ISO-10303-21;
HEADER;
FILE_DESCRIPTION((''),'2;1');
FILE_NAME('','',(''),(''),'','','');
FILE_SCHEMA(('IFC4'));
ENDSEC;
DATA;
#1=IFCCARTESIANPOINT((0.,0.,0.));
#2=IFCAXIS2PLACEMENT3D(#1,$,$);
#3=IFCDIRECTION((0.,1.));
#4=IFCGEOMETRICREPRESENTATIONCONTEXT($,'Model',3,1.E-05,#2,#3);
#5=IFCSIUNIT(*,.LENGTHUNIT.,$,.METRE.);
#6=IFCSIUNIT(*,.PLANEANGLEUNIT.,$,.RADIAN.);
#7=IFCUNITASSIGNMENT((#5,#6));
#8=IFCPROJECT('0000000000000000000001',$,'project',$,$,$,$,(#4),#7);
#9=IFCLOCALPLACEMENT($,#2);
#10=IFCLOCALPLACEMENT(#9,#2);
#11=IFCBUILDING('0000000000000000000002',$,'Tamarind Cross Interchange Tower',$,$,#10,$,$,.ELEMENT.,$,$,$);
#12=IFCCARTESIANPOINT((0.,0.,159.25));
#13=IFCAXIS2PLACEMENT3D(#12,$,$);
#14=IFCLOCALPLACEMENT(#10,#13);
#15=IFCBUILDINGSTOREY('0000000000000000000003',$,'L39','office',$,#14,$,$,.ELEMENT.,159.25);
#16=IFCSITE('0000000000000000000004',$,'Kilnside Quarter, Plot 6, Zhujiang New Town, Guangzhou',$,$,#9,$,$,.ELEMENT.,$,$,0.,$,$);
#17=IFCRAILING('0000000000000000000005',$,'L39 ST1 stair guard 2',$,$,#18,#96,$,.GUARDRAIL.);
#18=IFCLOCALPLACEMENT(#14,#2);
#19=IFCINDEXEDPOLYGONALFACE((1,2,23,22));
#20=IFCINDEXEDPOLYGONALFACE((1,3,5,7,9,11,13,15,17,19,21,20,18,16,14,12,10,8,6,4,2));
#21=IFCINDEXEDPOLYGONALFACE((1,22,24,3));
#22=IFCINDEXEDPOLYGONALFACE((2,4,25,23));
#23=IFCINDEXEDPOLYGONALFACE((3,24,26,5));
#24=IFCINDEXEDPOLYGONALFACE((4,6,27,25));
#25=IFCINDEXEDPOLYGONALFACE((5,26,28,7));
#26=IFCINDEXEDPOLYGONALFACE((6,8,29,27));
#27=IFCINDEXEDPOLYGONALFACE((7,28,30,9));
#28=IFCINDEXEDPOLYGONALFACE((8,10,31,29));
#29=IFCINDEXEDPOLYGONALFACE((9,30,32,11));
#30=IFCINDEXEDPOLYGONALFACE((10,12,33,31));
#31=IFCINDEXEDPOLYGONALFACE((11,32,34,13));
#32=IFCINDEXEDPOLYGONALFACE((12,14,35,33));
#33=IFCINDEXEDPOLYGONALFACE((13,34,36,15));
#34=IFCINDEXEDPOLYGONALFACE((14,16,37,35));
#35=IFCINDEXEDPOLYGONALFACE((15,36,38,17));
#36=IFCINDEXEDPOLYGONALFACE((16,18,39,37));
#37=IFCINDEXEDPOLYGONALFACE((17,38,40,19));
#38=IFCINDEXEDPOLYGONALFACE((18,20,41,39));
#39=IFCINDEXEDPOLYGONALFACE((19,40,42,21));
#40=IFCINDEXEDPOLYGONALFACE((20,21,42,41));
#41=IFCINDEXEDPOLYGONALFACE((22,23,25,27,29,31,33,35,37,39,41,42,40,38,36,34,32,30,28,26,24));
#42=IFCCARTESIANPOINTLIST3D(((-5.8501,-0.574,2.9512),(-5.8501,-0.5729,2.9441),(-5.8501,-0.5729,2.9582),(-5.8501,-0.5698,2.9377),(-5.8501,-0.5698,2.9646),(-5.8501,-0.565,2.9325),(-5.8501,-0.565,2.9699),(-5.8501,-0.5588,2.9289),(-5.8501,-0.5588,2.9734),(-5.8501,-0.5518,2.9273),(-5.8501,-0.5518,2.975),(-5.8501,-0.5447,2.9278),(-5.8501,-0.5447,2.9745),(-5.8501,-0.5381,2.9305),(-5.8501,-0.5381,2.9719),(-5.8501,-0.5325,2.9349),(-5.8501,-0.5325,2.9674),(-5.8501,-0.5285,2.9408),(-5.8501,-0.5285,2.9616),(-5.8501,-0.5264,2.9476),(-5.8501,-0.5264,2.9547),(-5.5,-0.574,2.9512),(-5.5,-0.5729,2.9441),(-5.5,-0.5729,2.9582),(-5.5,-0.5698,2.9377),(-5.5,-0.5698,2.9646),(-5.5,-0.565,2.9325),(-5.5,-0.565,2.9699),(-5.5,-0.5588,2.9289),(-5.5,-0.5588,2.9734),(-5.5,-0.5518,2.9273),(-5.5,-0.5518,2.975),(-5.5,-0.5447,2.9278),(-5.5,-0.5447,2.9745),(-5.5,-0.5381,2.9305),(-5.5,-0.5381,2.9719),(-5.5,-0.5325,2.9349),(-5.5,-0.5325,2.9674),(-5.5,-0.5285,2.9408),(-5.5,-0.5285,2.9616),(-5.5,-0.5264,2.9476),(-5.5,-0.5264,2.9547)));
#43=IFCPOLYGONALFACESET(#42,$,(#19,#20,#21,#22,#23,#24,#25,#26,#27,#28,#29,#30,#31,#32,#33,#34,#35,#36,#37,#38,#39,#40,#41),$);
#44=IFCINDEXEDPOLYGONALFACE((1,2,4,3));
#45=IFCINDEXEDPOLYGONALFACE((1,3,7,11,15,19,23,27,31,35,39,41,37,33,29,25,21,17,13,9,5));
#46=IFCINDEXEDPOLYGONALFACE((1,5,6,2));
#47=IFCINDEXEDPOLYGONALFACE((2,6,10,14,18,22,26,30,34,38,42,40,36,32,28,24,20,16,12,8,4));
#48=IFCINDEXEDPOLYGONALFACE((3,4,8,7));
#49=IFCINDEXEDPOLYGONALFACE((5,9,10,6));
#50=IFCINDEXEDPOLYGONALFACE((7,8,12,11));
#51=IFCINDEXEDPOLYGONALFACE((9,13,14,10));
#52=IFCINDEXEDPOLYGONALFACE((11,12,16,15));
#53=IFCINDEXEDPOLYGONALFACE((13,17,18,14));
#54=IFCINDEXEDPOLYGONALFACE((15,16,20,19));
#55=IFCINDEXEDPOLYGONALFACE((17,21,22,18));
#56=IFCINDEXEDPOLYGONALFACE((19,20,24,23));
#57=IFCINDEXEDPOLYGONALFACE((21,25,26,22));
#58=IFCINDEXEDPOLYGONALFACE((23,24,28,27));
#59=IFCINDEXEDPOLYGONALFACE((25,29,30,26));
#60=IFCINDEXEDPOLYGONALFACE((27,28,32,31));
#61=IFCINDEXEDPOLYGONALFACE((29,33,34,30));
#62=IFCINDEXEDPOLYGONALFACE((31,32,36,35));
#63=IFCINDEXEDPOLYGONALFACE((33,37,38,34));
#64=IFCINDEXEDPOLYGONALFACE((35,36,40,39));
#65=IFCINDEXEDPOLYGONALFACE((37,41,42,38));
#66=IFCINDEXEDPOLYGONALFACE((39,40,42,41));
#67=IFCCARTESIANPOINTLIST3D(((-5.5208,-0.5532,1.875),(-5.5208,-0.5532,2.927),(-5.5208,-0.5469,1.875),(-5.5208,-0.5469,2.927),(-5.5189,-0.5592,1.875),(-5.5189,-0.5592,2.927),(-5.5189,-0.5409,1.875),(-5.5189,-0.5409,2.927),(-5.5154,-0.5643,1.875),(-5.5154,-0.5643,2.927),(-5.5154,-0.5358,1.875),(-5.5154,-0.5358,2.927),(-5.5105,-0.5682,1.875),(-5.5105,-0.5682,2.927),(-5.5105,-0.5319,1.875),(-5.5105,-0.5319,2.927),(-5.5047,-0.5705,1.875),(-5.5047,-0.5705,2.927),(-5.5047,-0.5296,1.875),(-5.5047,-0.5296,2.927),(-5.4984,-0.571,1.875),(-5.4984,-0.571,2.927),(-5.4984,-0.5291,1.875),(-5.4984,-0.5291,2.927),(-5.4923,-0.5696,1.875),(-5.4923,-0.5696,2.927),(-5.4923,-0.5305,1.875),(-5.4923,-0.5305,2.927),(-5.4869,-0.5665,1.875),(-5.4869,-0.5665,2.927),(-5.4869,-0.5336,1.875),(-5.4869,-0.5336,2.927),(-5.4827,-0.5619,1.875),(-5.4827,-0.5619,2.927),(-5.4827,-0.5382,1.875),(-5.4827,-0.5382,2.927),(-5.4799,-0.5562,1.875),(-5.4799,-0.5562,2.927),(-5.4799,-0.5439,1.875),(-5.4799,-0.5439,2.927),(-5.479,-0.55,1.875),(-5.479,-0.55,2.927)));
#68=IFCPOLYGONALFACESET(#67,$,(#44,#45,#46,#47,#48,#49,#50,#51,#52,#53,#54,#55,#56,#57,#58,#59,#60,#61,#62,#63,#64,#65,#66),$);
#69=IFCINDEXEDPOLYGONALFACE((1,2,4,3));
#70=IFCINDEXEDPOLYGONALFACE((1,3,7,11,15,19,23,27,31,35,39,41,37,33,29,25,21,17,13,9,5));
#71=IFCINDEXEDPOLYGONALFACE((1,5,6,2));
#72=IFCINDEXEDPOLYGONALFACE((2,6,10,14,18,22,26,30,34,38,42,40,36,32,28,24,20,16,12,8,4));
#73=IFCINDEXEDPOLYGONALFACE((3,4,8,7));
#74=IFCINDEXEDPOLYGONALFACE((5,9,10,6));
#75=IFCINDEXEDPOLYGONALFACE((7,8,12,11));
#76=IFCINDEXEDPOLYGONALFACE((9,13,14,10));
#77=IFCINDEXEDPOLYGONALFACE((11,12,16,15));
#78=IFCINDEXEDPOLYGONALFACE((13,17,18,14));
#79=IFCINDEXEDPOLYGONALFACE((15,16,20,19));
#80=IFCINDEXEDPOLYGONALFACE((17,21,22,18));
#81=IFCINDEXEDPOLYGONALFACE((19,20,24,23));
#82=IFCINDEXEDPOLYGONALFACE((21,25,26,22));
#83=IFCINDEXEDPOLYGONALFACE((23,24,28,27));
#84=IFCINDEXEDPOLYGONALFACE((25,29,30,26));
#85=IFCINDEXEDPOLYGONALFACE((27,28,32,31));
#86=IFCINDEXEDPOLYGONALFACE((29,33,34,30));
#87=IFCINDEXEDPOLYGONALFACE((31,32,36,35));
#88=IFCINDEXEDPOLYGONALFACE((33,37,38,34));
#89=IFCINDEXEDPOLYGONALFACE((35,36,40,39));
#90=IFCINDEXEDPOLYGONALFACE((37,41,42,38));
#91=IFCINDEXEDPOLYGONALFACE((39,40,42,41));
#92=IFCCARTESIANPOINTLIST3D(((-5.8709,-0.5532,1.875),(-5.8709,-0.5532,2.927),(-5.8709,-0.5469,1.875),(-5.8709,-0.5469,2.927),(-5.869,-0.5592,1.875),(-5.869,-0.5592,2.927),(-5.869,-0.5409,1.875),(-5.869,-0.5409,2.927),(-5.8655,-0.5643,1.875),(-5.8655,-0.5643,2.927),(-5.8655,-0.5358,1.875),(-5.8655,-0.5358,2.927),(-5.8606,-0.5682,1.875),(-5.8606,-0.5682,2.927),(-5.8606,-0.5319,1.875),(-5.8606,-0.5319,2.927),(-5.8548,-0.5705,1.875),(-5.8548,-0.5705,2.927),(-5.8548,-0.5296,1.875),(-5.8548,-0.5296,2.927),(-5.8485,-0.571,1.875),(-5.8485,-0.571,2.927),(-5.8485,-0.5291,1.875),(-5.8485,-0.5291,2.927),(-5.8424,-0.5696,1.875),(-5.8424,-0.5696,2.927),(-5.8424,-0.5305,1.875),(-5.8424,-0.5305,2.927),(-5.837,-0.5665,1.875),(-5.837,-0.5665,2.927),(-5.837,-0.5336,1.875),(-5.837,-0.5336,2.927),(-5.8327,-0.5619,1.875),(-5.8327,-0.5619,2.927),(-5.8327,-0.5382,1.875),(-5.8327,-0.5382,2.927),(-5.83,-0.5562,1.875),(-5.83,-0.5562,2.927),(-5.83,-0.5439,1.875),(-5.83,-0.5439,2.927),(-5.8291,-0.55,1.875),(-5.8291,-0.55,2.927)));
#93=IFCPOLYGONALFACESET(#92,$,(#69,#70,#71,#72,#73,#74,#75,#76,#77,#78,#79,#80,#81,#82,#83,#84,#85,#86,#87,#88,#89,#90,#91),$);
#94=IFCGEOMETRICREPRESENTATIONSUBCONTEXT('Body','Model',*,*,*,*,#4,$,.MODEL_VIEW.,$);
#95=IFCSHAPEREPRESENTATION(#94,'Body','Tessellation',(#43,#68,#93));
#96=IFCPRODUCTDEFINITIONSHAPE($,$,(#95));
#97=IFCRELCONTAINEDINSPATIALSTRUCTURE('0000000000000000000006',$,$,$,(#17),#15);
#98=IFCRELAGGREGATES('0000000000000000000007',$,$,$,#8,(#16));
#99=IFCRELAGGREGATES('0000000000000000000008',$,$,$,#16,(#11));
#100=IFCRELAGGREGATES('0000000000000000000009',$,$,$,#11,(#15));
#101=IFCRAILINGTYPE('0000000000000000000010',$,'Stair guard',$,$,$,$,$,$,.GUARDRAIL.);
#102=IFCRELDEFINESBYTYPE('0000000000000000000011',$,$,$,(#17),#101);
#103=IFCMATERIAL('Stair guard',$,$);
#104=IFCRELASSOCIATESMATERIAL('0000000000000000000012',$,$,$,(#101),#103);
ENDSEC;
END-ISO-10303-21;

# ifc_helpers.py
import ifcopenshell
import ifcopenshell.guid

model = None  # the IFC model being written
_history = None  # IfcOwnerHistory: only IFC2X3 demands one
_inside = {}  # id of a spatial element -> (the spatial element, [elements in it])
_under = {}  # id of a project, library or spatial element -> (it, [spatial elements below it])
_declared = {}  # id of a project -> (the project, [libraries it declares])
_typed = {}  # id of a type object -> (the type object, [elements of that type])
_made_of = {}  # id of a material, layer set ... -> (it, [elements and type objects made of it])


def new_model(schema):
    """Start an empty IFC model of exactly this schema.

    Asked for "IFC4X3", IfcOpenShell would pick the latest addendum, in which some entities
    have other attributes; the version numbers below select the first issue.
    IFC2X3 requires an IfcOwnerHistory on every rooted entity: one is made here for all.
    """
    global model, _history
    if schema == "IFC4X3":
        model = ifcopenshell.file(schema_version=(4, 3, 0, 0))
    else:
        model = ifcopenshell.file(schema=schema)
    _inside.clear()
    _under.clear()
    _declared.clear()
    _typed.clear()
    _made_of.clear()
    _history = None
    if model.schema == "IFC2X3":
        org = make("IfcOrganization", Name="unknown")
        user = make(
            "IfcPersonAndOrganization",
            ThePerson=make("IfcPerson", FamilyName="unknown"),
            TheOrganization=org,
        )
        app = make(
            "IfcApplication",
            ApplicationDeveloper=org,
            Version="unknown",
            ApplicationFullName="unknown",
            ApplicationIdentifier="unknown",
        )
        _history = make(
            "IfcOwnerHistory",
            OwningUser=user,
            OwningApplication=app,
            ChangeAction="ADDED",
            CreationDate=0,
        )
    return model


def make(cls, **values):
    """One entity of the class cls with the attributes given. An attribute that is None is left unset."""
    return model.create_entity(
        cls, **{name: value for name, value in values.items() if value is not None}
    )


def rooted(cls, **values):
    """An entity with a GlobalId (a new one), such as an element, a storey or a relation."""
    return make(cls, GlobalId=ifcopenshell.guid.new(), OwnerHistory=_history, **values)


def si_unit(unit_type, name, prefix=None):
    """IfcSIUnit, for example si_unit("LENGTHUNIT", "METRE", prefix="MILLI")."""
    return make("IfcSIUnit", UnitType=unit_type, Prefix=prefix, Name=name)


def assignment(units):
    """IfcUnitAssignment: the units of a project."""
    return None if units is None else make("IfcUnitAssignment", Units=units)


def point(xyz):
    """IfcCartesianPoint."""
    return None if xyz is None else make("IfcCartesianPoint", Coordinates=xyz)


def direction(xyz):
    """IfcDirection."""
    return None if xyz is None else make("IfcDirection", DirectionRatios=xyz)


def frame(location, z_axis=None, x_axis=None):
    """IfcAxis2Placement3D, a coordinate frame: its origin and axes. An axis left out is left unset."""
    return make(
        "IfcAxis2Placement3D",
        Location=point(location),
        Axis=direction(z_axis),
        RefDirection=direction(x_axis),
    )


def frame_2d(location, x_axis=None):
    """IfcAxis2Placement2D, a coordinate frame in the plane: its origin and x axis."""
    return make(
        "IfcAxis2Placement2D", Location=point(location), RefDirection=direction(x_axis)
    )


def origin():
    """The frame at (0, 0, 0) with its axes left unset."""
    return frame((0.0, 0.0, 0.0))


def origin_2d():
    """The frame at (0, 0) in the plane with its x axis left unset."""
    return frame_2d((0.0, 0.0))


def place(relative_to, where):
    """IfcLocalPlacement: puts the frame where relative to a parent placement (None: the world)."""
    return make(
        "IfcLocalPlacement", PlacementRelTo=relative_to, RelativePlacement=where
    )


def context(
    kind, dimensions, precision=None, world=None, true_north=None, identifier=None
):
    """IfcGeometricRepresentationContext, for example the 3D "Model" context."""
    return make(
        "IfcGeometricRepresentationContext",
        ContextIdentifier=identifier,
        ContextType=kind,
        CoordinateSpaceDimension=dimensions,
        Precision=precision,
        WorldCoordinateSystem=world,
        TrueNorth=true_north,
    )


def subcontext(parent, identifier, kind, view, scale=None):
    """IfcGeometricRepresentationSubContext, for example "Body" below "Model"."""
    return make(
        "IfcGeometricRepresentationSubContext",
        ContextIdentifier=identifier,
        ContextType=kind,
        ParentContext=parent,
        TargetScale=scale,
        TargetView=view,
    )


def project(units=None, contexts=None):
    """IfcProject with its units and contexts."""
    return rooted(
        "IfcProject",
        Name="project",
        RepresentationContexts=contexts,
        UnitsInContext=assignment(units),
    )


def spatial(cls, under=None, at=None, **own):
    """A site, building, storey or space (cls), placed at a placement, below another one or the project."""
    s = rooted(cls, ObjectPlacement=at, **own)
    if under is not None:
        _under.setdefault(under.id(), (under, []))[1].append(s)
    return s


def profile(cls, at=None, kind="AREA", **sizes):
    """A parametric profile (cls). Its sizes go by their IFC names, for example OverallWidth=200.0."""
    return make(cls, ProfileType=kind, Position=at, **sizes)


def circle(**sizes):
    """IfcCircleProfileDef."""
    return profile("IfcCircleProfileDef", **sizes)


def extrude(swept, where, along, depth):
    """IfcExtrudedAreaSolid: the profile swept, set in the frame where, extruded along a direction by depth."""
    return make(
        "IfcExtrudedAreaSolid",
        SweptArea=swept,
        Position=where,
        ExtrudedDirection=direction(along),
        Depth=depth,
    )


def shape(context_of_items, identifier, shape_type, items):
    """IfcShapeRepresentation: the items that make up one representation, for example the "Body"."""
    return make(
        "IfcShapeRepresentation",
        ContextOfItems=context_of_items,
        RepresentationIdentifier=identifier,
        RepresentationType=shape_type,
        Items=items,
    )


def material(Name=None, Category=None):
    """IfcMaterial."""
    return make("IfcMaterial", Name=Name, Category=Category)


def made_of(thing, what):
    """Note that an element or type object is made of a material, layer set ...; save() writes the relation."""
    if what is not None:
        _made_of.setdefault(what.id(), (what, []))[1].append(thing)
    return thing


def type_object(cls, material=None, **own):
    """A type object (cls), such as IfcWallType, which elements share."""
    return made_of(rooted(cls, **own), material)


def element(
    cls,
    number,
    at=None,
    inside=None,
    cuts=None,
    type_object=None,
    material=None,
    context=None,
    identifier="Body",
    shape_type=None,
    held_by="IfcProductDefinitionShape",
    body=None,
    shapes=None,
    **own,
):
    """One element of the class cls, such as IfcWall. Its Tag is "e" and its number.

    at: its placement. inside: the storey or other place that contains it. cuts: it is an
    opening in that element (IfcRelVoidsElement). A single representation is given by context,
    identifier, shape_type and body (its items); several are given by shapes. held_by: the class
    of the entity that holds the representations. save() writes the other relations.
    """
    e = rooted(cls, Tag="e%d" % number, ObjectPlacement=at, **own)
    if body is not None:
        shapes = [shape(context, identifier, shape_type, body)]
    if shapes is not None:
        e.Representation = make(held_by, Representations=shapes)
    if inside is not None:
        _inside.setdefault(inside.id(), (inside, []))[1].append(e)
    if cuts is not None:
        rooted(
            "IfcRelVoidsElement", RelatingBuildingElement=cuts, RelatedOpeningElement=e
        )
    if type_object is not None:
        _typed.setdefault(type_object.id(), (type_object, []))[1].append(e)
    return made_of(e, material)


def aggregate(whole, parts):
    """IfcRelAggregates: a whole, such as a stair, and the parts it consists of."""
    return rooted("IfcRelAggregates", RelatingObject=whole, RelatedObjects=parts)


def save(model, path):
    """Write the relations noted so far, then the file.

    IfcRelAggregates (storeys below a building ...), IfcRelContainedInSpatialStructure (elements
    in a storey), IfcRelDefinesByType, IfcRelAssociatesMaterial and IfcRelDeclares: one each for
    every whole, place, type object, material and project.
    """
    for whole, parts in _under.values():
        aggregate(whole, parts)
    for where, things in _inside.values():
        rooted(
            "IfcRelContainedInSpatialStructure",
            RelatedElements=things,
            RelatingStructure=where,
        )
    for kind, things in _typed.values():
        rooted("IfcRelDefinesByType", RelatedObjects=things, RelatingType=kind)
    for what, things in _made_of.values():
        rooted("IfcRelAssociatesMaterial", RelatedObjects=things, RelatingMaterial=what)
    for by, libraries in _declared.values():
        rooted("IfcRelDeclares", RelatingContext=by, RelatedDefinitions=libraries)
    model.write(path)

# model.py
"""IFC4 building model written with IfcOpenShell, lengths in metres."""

from ifc_helpers import new_model, si_unit, direction, frame, origin, origin_2d, place, context, subcontext, project, spatial, circle, extrude, material, type_object, element, save


model = new_model("IFC4")

# Units and contexts
model_context = context("Model", 3, precision=1e-05, world=origin(), true_north=direction((0.0, 1.0)))
body_context = subcontext(model_context, "Body", "Model", "MODEL_VIEW")
ifc_project = project(units=[si_unit("LENGTHUNIT", "METRE"), si_unit("PLANEANGLEUNIT", "RADIAN")], contexts=[model_context])

# Site, building, storey
site_placement = place(None, origin())
site = spatial("IfcSite", under=ifc_project, at=site_placement, Name="Kilnside Quarter, Plot 6, Zhujiang New Town, Guangzhou", CompositionType="ELEMENT", RefElevation=0.0)
building_placement = place(site_placement, origin())
building = spatial("IfcBuilding", under=site, at=building_placement, Name="Tamarind Cross Interchange Tower", CompositionType="ELEMENT")
storey_placement = place(building_placement, frame((0.0, 0.0, 159.25)))
storey = spatial("IfcBuildingStorey", under=building, at=storey_placement, Name="L39", Description="office", CompositionType="ELEMENT", Elevation=159.25)

# Railing
ifc_material_1 = material(Name="Stair guard")
railing_type_1 = type_object("IfcRailingType", Name="Stair guard", PredefinedType="GUARDRAIL", material=ifc_material_1)
railing_1_placement = place(storey_placement, frame((-5.5, -0.55, 1.875)))
element("IfcRailing", 1, at=railing_1_placement, inside=storey, type_object=railing_type_1, Name="L39 ST1 stair guard 2", PredefinedType="GUARDRAIL", context=body_context, shape_type="SweptSolid", body=[
    extrude(circle(Radius=0.0239, at=origin_2d()), frame((0.0, 0.0, 1.0762), z_axis=(-1.0, 0.0, 0.0), x_axis=(0.0, -1.0, 0.0)), (0.0, 0.0, 1.0), 0.3501),
    extrude(circle(Radius=0.021, at=origin_2d()), origin(), (0.0, 0.0, 1.0), 1.052),
    extrude(circle(Radius=0.021, at=origin_2d()), frame((-0.3501, 0.0, 0.0)), (0.0, 0.0, 1.0), 1.052),
])

save(model, "model.ifc")
